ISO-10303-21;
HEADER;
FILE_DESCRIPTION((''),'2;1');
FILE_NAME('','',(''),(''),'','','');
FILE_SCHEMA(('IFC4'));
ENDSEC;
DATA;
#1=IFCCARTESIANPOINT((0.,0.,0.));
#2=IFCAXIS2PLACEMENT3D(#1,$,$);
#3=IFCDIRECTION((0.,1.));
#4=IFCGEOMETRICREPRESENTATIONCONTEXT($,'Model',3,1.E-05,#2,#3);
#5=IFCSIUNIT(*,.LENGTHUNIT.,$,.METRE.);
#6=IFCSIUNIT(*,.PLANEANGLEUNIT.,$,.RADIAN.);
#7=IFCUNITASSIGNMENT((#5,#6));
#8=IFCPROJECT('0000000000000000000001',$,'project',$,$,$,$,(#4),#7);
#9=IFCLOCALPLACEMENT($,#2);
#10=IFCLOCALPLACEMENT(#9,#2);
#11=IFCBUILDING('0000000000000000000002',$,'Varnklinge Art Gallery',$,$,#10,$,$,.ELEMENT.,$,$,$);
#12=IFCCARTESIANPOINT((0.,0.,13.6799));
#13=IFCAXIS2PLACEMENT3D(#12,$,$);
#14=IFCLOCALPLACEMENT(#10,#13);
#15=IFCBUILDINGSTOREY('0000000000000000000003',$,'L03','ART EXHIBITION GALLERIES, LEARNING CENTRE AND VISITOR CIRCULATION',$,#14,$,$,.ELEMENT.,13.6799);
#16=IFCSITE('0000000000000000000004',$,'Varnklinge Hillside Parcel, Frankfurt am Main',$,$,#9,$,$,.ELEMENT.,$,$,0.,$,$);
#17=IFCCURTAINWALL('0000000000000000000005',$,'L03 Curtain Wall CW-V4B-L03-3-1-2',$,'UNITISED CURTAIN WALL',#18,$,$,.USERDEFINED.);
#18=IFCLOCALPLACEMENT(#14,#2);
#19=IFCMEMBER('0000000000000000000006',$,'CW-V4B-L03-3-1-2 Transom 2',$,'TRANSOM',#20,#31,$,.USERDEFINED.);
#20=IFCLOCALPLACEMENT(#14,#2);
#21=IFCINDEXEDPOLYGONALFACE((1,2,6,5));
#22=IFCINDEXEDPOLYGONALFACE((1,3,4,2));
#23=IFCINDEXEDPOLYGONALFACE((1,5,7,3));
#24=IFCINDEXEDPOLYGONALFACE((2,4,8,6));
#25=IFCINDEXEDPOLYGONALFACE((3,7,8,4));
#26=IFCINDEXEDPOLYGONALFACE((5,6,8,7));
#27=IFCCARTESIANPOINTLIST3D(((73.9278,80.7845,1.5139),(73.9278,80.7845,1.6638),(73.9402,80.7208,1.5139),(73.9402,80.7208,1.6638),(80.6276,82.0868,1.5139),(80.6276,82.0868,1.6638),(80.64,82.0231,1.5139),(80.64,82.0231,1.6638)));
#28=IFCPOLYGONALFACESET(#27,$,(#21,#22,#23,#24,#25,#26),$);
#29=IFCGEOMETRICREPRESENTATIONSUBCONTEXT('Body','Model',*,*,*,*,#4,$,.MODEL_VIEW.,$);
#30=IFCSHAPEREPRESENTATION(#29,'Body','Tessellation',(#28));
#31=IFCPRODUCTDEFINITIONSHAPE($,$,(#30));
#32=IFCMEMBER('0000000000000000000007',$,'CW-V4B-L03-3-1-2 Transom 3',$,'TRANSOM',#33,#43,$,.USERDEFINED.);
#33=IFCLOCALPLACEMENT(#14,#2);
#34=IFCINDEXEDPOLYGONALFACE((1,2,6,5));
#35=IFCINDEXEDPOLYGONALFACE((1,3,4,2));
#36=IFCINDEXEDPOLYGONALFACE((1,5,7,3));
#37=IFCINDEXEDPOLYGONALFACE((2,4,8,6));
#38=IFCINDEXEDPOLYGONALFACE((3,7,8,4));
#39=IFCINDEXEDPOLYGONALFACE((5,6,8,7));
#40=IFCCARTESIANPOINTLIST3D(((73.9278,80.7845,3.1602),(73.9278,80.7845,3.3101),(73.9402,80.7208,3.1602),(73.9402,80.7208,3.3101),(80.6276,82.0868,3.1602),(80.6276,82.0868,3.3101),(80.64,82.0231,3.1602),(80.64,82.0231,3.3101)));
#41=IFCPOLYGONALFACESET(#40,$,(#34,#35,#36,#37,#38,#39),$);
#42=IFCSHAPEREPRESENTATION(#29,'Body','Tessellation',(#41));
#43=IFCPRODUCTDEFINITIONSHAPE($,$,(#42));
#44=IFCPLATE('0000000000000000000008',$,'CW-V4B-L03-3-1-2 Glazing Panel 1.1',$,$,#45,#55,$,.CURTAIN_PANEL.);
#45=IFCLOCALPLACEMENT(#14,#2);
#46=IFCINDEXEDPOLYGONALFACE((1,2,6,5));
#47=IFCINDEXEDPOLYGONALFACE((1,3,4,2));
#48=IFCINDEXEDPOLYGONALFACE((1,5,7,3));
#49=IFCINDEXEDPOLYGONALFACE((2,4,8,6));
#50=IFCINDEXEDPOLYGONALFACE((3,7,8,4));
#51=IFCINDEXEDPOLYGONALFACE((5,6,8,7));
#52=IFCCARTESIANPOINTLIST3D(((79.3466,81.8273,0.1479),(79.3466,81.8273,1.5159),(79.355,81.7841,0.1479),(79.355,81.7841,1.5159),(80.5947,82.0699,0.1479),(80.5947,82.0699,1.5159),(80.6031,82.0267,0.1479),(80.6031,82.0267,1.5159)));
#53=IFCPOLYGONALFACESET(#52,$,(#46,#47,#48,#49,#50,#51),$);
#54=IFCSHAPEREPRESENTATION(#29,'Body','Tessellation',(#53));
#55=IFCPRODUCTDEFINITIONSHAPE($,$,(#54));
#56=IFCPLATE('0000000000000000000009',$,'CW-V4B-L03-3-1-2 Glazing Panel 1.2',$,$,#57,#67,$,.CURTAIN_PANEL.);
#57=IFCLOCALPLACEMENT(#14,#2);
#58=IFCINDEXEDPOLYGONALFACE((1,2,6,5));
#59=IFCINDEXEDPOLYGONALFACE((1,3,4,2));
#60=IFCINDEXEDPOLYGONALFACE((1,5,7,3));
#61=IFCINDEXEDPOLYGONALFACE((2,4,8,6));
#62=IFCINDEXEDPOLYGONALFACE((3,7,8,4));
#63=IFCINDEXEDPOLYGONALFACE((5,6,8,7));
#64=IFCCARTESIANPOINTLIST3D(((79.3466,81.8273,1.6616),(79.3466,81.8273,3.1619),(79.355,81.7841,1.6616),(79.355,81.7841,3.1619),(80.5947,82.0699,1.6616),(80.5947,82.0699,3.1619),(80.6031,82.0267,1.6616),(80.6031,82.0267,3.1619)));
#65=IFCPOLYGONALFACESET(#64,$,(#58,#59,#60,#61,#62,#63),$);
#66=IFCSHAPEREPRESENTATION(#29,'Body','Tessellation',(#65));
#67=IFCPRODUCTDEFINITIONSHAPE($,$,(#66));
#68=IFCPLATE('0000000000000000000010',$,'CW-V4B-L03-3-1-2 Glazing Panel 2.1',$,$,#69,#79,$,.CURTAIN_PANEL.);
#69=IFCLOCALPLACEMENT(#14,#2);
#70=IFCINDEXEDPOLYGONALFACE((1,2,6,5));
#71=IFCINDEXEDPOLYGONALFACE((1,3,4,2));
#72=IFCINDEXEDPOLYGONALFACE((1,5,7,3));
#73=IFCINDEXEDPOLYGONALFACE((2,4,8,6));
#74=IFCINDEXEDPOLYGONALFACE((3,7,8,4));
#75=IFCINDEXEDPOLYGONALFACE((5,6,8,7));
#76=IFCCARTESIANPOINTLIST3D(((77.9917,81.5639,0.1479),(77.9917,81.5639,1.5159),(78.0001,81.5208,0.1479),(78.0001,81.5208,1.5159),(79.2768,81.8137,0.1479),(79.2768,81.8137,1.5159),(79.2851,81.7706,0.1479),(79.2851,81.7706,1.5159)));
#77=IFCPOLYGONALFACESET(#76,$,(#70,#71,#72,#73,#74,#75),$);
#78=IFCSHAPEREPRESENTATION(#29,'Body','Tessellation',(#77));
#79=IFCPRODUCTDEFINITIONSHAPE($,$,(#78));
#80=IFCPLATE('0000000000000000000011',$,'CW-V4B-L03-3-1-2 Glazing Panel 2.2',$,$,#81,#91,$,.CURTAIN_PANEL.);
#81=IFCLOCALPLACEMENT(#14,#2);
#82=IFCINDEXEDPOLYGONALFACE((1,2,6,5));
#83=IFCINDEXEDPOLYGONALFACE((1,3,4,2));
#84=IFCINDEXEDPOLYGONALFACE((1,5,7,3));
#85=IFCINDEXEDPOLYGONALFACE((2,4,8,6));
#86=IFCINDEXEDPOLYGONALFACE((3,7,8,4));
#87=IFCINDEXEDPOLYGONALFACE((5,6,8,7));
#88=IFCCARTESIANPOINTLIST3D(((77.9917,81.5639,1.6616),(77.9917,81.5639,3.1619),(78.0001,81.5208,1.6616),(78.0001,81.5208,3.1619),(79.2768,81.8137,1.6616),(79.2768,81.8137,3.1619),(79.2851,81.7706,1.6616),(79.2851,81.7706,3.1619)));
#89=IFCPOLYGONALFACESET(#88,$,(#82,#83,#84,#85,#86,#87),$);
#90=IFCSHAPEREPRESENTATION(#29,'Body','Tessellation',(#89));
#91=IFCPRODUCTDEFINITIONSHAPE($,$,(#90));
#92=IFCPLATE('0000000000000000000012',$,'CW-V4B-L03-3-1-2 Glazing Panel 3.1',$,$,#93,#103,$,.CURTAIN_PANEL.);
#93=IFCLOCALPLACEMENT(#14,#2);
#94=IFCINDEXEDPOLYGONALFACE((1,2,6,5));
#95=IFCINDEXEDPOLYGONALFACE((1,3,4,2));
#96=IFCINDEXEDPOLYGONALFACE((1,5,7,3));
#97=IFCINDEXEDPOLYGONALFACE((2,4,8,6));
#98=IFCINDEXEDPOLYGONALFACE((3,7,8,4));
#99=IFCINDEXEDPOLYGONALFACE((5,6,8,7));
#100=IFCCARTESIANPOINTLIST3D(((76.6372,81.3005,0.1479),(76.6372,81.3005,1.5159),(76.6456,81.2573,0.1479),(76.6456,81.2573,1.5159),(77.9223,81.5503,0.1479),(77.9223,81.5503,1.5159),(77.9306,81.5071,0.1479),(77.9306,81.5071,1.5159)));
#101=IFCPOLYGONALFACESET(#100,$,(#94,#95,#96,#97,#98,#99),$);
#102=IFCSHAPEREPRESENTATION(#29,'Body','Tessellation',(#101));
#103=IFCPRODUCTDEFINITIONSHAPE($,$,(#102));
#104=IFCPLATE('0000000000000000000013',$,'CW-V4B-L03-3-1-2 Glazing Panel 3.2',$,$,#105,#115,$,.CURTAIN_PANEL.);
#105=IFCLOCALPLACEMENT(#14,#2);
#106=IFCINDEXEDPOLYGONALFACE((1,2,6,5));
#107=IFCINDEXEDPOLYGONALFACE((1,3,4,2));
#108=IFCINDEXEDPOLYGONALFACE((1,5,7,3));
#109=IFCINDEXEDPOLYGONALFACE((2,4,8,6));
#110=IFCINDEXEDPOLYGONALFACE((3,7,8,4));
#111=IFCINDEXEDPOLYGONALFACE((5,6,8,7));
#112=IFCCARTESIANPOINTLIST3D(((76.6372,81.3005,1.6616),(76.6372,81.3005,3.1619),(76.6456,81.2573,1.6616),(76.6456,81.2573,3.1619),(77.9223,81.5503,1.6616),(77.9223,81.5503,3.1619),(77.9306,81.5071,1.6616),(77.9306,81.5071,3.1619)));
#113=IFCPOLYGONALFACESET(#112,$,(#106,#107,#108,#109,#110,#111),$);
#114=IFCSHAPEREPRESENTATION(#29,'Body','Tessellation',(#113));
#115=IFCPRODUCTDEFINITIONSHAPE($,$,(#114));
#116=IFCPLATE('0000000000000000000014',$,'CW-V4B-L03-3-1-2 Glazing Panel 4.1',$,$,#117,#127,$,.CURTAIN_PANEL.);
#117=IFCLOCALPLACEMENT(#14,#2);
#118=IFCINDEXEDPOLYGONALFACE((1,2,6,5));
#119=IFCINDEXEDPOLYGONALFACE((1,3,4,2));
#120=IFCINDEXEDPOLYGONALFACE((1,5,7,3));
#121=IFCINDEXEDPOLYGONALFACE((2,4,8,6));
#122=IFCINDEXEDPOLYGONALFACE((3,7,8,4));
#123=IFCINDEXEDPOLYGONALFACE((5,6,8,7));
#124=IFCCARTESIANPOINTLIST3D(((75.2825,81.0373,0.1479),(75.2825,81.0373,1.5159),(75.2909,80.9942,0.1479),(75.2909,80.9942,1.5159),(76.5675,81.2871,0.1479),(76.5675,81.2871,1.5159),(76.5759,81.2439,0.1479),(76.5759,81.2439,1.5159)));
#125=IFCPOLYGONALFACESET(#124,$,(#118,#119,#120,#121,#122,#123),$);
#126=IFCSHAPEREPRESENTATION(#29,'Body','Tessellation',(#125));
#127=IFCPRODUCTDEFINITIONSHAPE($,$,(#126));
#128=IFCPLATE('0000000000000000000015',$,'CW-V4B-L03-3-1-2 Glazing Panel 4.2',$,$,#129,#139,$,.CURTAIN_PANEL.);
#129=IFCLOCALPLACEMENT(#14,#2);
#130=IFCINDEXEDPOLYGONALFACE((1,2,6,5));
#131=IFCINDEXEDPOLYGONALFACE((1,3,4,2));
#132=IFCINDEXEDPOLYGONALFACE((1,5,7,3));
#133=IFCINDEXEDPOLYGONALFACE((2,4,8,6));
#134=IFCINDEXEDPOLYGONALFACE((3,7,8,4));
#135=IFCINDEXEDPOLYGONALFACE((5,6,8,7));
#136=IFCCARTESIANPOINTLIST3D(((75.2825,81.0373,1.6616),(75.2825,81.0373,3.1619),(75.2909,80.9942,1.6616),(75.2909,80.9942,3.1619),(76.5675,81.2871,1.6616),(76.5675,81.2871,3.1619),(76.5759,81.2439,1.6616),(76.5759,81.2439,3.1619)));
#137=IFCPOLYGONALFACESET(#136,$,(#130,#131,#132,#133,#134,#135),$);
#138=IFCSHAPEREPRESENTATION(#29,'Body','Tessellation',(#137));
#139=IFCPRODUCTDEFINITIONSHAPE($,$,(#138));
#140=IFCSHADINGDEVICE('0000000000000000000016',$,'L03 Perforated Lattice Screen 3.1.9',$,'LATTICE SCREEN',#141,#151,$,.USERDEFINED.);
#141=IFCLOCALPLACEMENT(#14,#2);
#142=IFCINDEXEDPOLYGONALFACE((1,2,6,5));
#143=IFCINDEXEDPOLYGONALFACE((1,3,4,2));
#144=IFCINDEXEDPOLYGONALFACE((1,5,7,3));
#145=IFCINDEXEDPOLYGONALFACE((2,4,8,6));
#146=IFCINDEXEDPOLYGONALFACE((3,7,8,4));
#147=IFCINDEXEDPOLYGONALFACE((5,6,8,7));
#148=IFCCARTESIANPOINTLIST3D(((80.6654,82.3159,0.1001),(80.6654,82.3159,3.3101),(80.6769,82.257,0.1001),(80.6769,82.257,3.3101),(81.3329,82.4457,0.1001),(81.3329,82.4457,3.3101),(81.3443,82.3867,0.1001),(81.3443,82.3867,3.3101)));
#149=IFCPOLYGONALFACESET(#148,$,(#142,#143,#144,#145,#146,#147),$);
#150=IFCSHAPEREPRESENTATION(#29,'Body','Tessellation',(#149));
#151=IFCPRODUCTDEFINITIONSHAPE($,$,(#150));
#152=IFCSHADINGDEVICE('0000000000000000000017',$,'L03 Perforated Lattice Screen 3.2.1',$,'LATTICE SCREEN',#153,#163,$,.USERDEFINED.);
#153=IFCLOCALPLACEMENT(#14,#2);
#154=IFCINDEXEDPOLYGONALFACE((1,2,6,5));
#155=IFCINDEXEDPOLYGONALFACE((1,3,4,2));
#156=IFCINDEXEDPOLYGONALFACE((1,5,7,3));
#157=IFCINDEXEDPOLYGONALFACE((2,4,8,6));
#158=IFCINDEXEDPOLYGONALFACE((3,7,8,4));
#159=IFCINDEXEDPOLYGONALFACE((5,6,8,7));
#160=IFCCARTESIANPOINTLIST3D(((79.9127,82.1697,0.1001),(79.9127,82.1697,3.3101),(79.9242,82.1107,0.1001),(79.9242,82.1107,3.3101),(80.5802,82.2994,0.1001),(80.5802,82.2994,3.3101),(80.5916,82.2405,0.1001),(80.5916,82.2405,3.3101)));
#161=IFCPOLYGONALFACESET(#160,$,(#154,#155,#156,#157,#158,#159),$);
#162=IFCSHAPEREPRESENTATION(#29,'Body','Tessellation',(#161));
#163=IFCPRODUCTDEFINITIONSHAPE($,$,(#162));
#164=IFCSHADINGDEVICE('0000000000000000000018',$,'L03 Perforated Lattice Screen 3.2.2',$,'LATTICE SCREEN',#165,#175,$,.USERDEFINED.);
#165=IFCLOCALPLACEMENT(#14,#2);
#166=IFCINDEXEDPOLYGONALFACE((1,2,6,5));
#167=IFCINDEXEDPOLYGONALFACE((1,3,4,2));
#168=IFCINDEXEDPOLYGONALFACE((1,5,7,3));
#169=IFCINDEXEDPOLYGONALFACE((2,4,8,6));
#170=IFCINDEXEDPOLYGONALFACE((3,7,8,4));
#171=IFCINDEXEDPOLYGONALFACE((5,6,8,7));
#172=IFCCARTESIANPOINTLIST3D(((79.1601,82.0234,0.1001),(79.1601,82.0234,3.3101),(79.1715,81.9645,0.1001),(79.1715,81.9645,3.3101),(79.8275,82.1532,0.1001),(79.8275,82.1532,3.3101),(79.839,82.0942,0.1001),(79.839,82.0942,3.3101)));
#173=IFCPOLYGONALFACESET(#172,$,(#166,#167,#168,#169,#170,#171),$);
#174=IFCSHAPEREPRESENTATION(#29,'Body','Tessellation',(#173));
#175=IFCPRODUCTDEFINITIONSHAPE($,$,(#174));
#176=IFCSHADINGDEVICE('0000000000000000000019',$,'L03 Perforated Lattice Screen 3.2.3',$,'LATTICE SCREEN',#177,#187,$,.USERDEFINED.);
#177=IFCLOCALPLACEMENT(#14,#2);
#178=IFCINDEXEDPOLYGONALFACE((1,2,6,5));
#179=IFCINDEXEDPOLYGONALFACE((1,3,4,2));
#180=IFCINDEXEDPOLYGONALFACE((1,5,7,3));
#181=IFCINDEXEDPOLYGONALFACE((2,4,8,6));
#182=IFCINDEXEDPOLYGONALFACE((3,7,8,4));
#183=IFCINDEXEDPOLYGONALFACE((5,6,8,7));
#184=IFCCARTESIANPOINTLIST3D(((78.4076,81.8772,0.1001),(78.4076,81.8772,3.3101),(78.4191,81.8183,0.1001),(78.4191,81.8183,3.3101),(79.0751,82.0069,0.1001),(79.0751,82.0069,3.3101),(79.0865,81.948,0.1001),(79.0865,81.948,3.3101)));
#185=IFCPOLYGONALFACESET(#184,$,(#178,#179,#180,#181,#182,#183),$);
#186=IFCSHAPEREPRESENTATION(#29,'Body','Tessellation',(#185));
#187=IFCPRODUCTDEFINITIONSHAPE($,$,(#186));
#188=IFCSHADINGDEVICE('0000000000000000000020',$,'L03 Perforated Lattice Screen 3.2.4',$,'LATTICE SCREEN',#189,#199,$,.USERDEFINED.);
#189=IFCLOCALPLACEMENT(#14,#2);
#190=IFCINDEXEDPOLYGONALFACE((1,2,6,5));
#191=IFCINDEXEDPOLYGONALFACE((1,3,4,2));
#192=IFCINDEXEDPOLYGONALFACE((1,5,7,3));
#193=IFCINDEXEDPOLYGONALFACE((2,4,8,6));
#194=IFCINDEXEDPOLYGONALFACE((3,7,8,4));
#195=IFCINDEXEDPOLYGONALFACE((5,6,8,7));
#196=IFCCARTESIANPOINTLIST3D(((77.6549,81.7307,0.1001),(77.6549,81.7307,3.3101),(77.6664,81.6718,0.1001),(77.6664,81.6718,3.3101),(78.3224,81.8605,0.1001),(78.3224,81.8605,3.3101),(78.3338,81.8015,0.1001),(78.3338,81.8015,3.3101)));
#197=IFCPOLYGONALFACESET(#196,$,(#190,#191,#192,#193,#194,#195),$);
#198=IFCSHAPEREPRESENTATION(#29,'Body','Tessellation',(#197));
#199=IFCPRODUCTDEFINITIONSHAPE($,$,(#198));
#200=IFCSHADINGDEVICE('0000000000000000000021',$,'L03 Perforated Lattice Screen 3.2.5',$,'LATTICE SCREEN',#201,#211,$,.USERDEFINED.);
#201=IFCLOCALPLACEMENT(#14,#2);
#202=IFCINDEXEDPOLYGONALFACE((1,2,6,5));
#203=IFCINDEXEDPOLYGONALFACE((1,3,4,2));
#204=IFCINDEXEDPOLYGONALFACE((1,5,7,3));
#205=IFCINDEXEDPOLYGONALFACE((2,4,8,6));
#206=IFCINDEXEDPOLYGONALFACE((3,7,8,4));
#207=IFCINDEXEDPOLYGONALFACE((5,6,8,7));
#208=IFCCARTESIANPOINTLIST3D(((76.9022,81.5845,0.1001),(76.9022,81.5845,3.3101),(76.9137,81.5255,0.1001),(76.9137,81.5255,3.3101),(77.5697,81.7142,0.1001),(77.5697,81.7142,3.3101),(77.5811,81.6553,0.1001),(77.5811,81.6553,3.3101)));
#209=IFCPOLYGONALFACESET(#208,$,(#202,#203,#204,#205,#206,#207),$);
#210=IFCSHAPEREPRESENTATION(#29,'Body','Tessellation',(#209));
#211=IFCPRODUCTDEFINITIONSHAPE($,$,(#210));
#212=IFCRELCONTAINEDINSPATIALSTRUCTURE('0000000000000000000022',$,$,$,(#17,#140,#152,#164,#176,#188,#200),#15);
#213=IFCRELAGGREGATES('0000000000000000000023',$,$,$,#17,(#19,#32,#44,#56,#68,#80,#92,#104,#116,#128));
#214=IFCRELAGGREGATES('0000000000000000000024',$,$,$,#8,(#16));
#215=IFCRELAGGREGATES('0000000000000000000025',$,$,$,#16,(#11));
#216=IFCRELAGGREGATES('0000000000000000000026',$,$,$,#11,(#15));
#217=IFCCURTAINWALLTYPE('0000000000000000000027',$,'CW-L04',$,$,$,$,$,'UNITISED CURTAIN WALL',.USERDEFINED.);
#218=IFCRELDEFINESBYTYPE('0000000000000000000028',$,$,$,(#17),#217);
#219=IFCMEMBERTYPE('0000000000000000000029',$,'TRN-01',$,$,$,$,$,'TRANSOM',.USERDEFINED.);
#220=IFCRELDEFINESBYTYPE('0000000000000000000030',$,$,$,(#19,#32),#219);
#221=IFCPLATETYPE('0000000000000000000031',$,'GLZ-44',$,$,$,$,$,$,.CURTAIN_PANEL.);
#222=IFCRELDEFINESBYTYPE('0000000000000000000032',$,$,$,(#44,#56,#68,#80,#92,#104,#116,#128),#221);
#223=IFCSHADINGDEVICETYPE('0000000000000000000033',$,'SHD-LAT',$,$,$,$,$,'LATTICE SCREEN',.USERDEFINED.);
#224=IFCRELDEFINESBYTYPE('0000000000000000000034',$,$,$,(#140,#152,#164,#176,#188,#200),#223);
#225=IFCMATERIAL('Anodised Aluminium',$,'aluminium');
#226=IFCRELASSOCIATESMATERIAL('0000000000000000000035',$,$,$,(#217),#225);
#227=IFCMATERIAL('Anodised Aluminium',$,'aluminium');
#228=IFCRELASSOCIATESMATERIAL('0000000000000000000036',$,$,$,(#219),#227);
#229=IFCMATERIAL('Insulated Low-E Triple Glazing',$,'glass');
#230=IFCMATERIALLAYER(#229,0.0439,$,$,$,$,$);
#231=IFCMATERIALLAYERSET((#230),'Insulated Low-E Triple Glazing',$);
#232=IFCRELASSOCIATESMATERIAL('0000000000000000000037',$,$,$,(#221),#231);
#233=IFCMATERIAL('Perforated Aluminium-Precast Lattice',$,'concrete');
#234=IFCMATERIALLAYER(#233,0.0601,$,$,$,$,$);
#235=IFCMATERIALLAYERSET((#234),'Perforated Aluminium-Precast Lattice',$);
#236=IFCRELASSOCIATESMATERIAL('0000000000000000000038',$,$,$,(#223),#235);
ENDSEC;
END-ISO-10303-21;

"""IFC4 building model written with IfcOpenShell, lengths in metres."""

from ifc_helpers import new_model, si_unit, direction, frame, origin, origin_2d, place, context, subcontext, project, spatial, rectangle, extrude, material, layer, layer_set, material_profile, profile_set, type_object, element, aggregate, save


model = new_model("IFC4")

# Units and contexts
model_context = context("Model", 3, precision=1e-05, world=origin(), true_north=direction((0.0, 1.0)))
body_context = subcontext(model_context, "Body", "Model", "MODEL_VIEW")
ifc_project = project(units=[si_unit("LENGTHUNIT", "METRE"), si_unit("PLANEANGLEUNIT", "RADIAN")], contexts=[model_context])

# Site, building, storey
site_placement = place(None, origin())
site = spatial("IfcSite", under=ifc_project, at=site_placement, Name="Varnklinge Hillside Parcel, Frankfurt am Main", CompositionType="ELEMENT", RefElevation=0.0)
building_placement = place(site_placement, origin())
building = spatial("IfcBuilding", under=site, at=building_placement, Name="Varnklinge Art Gallery", CompositionType="ELEMENT")
storey_placement = place(building_placement, frame((0.0, 0.0, 13.6799)))
storey = spatial("IfcBuildingStorey", under=building, at=storey_placement, Name="L03", Description="ART EXHIBITION GALLERIES, LEARNING CENTRE AND VISITOR CIRCULATION", CompositionType="ELEMENT", Elevation=13.6799)

# Shared definitions
ifc_material_1 = material(Name="Anodised Aluminium", Category="aluminium")
curtain_wall_type = type_object("IfcCurtainWallType", Name="CW-L04", ElementType="UNITISED CURTAIN WALL", PredefinedType="USERDEFINED", material=ifc_material_1)

# Curtain wall
curtain_wall_1_placement = place(storey_placement, origin())
curtain_wall_1 = element("IfcCurtainWall", 1, at=curtain_wall_1_placement, inside=storey, type_object=curtain_wall_type, Name="L03 Curtain Wall CW-V4B-L03-3-1-2", ObjectType="UNITISED CURTAIN WALL", PredefinedType="USERDEFINED")

# Members
ifc_material_2 = material(Name="Anodised Aluminium", Category="aluminium")
ifc_material_profile_1 = material_profile(ifc_material_2, rectangle(XDim=0.0649, YDim=0.1499, at=origin_2d()), Name="ALU 65x150")
ifc_profile_set_1 = profile_set([ifc_material_profile_1], Name="Anodised Aluminium")
member_type_1 = type_object("IfcMemberType", Name="TRN-01", ElementType="TRANSOM", PredefinedType="USERDEFINED", material=ifc_profile_set_1)
member_1_placement = place(storey_placement, frame((80.6338, 82.0549, 1.5889), z_axis=(-0.981628, -0.190803, 0.0), x_axis=(0.190803, -0.981628, 0.0)))
member_1 = element("IfcMember", 2, at=member_1_placement, type_object=member_type_1, Name="CW-V4B-L03-3-1-2 Transom 2", ObjectType="TRANSOM", PredefinedType="USERDEFINED", context=body_context, shape_type="SweptSolid", body=[
    extrude(rectangle(XDim=0.0649, YDim=0.1499, at=origin_2d()), origin(), (0.0, 0.0, 1.0), 6.8252),
])
member_2_placement = place(storey_placement, frame((80.6338, 82.0549, 3.2351), z_axis=(-0.981628, -0.190803, 0.0), x_axis=(0.190803, -0.981628, 0.0)))
member_2 = element("IfcMember", 3, at=member_2_placement, type_object=member_type_1, Name="CW-V4B-L03-3-1-2 Transom 3", ObjectType="TRANSOM", PredefinedType="USERDEFINED", context=body_context, shape_type="SweptSolid", body=[
    extrude(rectangle(XDim=0.0649, YDim=0.1499, at=origin_2d()), origin(), (0.0, 0.0, 1.0), 6.8252),
])

# Plates
ifc_material_3 = material(Name="Insulated Low-E Triple Glazing", Category="glass")
ifc_layer_1 = layer(ifc_material_3, 0.0439)
ifc_layer_set_1 = layer_set([ifc_layer_1], Name="Insulated Low-E Triple Glazing")
plate_type = type_object("IfcPlateType", Name="GLZ-44", PredefinedType="CURTAIN_PANEL", material=ifc_layer_set_1)
plate_1_placement = place(storey_placement, frame((79.9749, 81.927, 0.1479), z_axis=(0.0, 0.0, 1.0), x_axis=(-0.981627, -0.190809, 0.0)))
plate_1 = element("IfcPlate", 4, at=plate_1_placement, type_object=plate_type, Name="CW-V4B-L03-3-1-2 Glazing Panel 1.1", PredefinedType="CURTAIN_PANEL", context=body_context, shape_type="SweptSolid", body=[
    extrude(rectangle(XDim=1.2715, YDim=0.0439, at=origin_2d()), origin(), (0.0, 0.0, 1.0), 1.3679),
])
plate_2_placement = place(storey_placement, frame((79.9749, 81.927, 1.6616), z_axis=(0.0, 0.0, 1.0), x_axis=(-0.981627, -0.190809, 0.0)))
plate_2 = element("IfcPlate", 5, at=plate_2_placement, type_object=plate_type, Name="CW-V4B-L03-3-1-2 Glazing Panel 1.2", PredefinedType="CURTAIN_PANEL", context=body_context, shape_type="SweptSolid", body=[
    extrude(rectangle(XDim=1.2715, YDim=0.0439, at=origin_2d()), origin(), (0.0, 0.0, 1.0), 1.5002),
])
plate_3_placement = place(storey_placement, frame((78.6384, 81.6672, 0.1479), z_axis=(0.0, 0.0, 1.0), x_axis=(-0.981627, -0.190809, 0.0)))
plate_3 = element("IfcPlate", 6, at=plate_3_placement, type_object=plate_type, Name="CW-V4B-L03-3-1-2 Glazing Panel 2.1", PredefinedType="CURTAIN_PANEL", context=body_context, shape_type="SweptSolid", body=[
    extrude(rectangle(XDim=1.3091, YDim=0.0439, at=origin_2d()), origin(), (0.0, 0.0, 1.0), 1.3679),
])
plate_4_placement = place(storey_placement, frame((78.6384, 81.6672, 1.6616), z_axis=(0.0, 0.0, 1.0), x_axis=(-0.981627, -0.190809, 0.0)))
plate_4 = element("IfcPlate", 7, at=plate_4_placement, type_object=plate_type, Name="CW-V4B-L03-3-1-2 Glazing Panel 2.2", PredefinedType="CURTAIN_PANEL", context=body_context, shape_type="SweptSolid", body=[
    extrude(rectangle(XDim=1.3091, YDim=0.0439, at=origin_2d()), origin(), (0.0, 0.0, 1.0), 1.5002),
])
plate_5_placement = place(storey_placement, frame((77.2839, 81.4038, 0.1479), z_axis=(0.0, 0.0, 1.0), x_axis=(-0.981627, -0.190809, 0.0)))
plate_5 = element("IfcPlate", 8, at=plate_5_placement, type_object=plate_type, Name="CW-V4B-L03-3-1-2 Glazing Panel 3.1", PredefinedType="CURTAIN_PANEL", context=body_context, shape_type="SweptSolid", body=[
    extrude(rectangle(XDim=1.3091, YDim=0.0439, at=origin_2d()), origin(), (0.0, 0.0, 1.0), 1.3679),
])
plate_6_placement = place(storey_placement, frame((77.2839, 81.4038, 1.6616), z_axis=(0.0, 0.0, 1.0), x_axis=(-0.981627, -0.190809, 0.0)))
plate_6 = element("IfcPlate", 9, at=plate_6_placement, type_object=plate_type, Name="CW-V4B-L03-3-1-2 Glazing Panel 3.2", PredefinedType="CURTAIN_PANEL", context=body_context, shape_type="SweptSolid", body=[
    extrude(rectangle(XDim=1.3091, YDim=0.0439, at=origin_2d()), origin(), (0.0, 0.0, 1.0), 1.5002),
])
plate_7_placement = place(storey_placement, frame((75.9292, 81.1406, 0.1479), z_axis=(0.0, 0.0, 1.0), x_axis=(-0.981627, -0.190809, 0.0)))
plate_7 = element("IfcPlate", 10, at=plate_7_placement, type_object=plate_type, Name="CW-V4B-L03-3-1-2 Glazing Panel 4.1", PredefinedType="CURTAIN_PANEL", context=body_context, shape_type="SweptSolid", body=[
    extrude(rectangle(XDim=1.3091, YDim=0.0439, at=origin_2d()), origin(), (0.0, 0.0, 1.0), 1.3679),
])
plate_8_placement = place(storey_placement, frame((75.9292, 81.1406, 1.6616), z_axis=(0.0, 0.0, 1.0), x_axis=(-0.981627, -0.190809, 0.0)))
plate_8 = element("IfcPlate", 11, at=plate_8_placement, type_object=plate_type, Name="CW-V4B-L03-3-1-2 Glazing Panel 4.2", PredefinedType="CURTAIN_PANEL", context=body_context, shape_type="SweptSolid", body=[
    extrude(rectangle(XDim=1.3091, YDim=0.0439, at=origin_2d()), origin(), (0.0, 0.0, 1.0), 1.5002),
])
aggregate(curtain_wall_1, [member_1, member_2, plate_1, plate_2, plate_3, plate_4, plate_5, plate_6, plate_7, plate_8])

# Shading devices
ifc_material_4 = material(Name="Perforated Aluminium-Precast Lattice", Category="concrete")
ifc_layer_2 = layer(ifc_material_4, 0.0601)
ifc_layer_set_2 = layer_set([ifc_layer_2], Name="Perforated Aluminium-Precast Lattice")
shading_device_type = type_object("IfcShadingDeviceType", Name="SHD-LAT", ElementType="LATTICE SCREEN", PredefinedType="USERDEFINED", material=ifc_layer_set_2)
for number, where, z_axis, x_axis, name in (
    (12, (81.0049, 82.3513, 0.1001), (0.0, 0.0, 1.0), (-0.981627, -0.190809, 0.0), "L03 Perforated Lattice Screen 3.1.9"),
    (13, (80.2522, 82.2051, 0.1001), (0.0, 0.0, 1.0), (-0.981627, -0.190809, 0.0), "L03 Perforated Lattice Screen 3.2.1"),
    (14, (79.4995, 82.0588, 0.1001), (0.0, 0.0, 1.0), (-0.981627, -0.190809, 0.0), "L03 Perforated Lattice Screen 3.2.2"),
    (15, (78.7471, 81.9126, 0.1001), (0.0, 0.0, 1.0), (-0.981627, -0.190809, 0.0), "L03 Perforated Lattice Screen 3.2.3"),
    (16, (77.9944, 81.7661, 0.1001), (0.0, 0.0, 1.0), (-0.981627, -0.190809, 0.0), "L03 Perforated Lattice Screen 3.2.4"),
    (17, (77.2417, 81.6199, 0.1001), (0.0, 0.0, 1.0), (-0.981627, -0.190809, 0.0), "L03 Perforated Lattice Screen 3.2.5"),
):
    element("IfcShadingDevice", number, at=place(storey_placement, frame(where, z_axis=z_axis, x_axis=x_axis)), inside=storey, type_object=shading_device_type, Name=name, ObjectType="LATTICE SCREEN", PredefinedType="USERDEFINED", context=body_context, shape_type="SweptSolid", body=[
        extrude(rectangle(XDim=0.6799, YDim=0.0601, at=origin_2d()), origin(), (0.0, 0.0, 1.0), 3.21),
    ])

save(model, "model.ifc")
